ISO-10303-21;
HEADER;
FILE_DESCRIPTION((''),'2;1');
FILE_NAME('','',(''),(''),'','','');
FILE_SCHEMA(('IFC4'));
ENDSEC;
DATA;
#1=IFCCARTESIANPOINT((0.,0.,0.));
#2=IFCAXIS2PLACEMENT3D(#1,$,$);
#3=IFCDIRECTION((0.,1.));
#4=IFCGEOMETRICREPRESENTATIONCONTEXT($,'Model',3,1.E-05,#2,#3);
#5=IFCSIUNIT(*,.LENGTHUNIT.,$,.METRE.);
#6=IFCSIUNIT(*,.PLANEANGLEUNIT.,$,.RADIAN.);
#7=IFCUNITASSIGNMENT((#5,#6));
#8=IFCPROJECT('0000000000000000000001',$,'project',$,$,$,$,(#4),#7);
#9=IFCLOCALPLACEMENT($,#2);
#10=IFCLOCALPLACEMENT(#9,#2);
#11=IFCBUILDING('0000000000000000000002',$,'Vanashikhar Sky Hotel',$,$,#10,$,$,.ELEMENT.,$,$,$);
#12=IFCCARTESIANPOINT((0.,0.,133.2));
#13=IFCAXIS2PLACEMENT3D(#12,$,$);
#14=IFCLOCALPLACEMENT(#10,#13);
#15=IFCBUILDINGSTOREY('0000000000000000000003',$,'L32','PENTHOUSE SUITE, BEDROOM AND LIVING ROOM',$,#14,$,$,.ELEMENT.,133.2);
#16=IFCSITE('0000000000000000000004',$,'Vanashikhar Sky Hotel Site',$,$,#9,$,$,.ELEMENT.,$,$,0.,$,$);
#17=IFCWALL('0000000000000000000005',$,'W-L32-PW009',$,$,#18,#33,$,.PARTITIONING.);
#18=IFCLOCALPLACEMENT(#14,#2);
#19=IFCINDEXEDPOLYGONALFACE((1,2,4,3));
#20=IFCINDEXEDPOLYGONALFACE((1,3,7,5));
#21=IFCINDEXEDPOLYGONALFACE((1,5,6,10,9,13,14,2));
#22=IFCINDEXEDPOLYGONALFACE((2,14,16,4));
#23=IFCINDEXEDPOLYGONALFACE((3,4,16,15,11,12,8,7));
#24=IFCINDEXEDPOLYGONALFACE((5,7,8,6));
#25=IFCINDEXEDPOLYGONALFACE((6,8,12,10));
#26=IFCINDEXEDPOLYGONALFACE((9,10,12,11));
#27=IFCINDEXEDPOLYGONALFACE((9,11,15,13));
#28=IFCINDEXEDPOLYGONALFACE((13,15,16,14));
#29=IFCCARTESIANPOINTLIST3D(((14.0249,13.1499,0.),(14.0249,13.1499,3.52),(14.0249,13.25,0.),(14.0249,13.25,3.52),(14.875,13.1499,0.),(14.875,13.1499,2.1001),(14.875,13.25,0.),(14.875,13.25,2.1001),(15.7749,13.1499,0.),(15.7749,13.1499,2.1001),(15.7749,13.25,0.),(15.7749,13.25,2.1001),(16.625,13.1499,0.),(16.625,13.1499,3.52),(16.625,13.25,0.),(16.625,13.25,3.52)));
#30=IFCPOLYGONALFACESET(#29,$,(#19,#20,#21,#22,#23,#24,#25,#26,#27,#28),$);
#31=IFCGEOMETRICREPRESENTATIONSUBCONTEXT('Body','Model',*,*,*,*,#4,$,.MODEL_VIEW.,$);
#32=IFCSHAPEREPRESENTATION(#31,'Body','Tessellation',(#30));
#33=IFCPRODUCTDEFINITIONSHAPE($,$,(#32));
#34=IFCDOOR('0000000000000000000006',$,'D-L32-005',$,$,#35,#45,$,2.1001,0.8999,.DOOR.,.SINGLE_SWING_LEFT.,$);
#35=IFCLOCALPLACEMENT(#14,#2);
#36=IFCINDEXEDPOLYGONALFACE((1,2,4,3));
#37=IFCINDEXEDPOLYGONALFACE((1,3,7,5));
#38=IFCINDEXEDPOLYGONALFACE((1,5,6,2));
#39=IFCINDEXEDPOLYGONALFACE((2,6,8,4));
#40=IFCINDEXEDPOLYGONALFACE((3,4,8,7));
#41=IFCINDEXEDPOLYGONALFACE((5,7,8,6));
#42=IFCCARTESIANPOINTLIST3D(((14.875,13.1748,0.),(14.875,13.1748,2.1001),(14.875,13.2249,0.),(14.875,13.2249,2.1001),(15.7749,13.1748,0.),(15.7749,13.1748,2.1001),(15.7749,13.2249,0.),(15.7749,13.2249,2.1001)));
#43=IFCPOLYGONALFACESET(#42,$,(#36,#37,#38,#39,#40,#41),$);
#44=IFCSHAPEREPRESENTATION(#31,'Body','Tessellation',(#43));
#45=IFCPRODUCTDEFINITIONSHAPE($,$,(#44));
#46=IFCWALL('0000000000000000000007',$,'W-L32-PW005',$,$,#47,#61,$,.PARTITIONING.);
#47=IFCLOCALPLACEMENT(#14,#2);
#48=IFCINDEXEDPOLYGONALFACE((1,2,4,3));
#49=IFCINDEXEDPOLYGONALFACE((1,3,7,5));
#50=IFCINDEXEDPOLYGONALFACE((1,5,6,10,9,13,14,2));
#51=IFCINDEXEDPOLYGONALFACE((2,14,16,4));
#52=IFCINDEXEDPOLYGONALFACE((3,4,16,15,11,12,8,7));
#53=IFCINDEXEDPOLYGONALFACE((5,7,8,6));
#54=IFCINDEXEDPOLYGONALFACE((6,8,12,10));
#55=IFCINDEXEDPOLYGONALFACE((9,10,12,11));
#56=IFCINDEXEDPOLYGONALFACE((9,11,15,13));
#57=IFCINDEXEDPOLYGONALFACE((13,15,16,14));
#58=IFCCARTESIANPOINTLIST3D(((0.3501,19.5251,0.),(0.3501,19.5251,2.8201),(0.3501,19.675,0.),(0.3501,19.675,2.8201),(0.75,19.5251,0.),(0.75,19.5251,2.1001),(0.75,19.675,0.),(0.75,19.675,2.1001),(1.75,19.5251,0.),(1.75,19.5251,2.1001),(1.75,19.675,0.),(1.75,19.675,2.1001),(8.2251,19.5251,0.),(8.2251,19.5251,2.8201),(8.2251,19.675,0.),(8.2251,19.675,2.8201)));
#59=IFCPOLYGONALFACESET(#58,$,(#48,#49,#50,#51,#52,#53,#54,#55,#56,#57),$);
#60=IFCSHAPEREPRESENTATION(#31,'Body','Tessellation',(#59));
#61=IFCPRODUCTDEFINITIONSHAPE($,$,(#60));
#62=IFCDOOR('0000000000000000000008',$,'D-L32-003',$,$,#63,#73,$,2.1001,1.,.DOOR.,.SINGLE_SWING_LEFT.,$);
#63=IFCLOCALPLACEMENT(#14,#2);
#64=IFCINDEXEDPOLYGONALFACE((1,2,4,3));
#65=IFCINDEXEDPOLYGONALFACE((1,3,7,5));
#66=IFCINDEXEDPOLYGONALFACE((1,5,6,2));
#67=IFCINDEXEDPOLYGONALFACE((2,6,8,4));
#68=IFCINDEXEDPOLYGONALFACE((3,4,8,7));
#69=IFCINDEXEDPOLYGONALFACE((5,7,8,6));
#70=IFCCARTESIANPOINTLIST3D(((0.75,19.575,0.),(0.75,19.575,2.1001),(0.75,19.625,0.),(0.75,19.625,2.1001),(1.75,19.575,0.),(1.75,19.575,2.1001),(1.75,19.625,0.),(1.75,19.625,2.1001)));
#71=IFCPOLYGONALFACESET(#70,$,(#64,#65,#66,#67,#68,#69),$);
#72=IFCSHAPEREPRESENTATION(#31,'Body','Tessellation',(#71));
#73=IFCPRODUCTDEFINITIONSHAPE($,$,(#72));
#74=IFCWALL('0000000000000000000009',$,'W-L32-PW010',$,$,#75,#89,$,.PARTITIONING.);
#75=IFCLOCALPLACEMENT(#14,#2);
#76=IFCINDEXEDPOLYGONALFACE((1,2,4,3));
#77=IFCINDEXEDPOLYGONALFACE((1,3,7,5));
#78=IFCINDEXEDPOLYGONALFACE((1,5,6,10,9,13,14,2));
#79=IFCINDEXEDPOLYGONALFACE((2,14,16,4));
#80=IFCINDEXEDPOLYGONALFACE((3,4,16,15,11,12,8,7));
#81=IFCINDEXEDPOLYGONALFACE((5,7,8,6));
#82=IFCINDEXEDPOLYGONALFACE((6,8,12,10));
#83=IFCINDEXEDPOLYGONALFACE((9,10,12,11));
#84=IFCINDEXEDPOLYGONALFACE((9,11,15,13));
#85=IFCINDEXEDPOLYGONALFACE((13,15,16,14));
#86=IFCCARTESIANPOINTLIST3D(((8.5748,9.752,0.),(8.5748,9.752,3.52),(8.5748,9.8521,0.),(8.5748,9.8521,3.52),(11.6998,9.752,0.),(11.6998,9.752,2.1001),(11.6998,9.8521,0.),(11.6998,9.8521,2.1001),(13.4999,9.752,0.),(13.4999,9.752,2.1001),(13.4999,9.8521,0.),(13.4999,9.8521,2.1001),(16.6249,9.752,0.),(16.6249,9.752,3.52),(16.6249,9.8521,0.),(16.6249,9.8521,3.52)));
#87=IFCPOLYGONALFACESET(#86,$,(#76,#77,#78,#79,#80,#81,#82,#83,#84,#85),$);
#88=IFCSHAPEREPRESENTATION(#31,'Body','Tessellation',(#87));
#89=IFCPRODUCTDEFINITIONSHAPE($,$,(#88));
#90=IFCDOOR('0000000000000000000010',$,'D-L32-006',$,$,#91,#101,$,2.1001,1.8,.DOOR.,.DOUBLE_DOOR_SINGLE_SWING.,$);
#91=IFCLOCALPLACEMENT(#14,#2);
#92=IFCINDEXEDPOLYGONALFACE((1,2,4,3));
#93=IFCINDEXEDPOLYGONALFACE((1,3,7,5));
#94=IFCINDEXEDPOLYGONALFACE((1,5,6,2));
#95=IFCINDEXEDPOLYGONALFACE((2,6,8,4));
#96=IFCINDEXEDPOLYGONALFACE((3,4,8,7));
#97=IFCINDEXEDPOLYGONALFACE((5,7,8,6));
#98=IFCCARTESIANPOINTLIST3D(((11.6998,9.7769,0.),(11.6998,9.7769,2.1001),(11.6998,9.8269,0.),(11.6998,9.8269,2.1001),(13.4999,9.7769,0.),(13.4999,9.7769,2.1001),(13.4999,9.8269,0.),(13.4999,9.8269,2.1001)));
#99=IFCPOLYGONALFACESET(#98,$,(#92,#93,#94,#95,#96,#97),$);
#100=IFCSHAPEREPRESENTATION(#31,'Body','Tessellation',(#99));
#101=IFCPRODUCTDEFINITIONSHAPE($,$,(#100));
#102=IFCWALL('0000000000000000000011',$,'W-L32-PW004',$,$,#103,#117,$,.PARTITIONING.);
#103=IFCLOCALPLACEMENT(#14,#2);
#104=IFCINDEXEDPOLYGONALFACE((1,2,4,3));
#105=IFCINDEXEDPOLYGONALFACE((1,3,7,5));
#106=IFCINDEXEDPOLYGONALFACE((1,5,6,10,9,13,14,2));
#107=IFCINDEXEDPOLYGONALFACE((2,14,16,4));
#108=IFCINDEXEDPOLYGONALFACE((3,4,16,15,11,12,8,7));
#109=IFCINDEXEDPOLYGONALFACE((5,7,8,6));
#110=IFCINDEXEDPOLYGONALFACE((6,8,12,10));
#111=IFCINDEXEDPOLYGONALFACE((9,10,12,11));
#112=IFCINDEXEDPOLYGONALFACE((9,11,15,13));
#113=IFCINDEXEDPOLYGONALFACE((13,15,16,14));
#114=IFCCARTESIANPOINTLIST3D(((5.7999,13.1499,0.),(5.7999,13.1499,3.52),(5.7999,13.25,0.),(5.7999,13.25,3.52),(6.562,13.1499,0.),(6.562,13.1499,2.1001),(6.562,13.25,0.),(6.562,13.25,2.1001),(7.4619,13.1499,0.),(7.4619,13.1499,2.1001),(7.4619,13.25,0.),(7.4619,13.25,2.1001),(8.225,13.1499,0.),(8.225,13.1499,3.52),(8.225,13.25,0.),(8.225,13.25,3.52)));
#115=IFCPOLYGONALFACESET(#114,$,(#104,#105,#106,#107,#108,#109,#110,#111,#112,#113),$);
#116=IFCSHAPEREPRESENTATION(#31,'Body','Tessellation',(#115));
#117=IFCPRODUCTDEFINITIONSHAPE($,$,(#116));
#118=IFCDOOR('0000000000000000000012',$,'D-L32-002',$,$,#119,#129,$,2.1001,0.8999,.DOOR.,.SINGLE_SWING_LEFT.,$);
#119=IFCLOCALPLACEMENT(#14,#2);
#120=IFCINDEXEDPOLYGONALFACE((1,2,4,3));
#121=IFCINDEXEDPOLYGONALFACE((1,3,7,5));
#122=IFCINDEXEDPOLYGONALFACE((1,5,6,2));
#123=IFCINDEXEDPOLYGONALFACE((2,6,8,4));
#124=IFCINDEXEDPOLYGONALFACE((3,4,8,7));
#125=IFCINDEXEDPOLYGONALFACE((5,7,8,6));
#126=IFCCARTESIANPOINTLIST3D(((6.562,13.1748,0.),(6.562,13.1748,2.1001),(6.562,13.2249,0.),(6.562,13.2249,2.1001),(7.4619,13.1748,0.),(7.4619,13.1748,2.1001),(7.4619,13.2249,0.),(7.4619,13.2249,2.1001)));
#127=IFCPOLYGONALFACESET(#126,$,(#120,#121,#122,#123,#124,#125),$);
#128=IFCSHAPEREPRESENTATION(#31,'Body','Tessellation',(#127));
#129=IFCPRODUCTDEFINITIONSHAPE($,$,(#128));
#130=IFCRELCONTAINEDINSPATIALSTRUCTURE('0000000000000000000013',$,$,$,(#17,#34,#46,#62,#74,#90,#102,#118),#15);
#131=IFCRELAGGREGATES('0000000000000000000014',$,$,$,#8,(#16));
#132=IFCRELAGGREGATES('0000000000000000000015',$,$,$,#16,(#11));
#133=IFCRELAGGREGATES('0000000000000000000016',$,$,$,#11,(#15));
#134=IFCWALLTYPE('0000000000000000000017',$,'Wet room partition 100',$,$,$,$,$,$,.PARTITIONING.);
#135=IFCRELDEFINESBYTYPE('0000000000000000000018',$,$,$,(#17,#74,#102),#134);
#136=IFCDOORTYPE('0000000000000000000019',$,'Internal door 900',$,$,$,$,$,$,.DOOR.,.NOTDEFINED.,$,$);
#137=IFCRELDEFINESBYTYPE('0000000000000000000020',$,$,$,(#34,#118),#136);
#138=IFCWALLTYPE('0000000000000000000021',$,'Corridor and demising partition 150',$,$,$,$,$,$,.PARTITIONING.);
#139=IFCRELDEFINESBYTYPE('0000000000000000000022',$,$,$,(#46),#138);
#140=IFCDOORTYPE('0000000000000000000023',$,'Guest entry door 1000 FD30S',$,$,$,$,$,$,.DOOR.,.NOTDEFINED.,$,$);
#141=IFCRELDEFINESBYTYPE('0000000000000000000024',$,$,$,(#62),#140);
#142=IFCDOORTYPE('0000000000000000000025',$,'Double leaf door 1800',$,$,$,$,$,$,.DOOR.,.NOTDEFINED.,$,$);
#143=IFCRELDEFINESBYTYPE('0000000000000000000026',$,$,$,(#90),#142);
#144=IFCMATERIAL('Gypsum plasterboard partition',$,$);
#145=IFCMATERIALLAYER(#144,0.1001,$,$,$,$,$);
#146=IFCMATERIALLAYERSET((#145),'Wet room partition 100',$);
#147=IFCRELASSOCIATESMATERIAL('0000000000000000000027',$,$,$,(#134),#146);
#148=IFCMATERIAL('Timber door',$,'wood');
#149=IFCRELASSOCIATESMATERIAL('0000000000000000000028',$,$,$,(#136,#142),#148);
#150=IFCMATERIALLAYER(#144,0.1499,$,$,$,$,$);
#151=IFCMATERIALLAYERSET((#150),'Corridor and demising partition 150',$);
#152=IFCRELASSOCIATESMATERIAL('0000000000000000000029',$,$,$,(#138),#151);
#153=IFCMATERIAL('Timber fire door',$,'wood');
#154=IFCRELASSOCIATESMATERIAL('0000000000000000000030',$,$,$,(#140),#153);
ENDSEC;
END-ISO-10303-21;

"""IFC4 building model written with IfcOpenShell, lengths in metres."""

from ifc_helpers import new_model, si_unit, direction, frame, frame_2d, origin, place, context, subcontext, project, spatial, rectangle, extrude, source, transform, mapped, material, layer, layer_set, type_object, element, fill, save


model = new_model("IFC4")

# Units and contexts
model_context = context("Model", 3, precision=1e-05, world=origin(), true_north=direction((0.0, 1.0)))
body_context = subcontext(model_context, "Body", "Model", "MODEL_VIEW")
ifc_project = project(units=[si_unit("LENGTHUNIT", "METRE"), si_unit("PLANEANGLEUNIT", "RADIAN")], contexts=[model_context])

# Site, building, storey
site_placement = place(None, origin())
site = spatial("IfcSite", under=ifc_project, at=site_placement, Name="Vanashikhar Sky Hotel Site", CompositionType="ELEMENT", RefElevation=0.0)
building_placement = place(site_placement, origin())
building = spatial("IfcBuilding", under=site, at=building_placement, Name="Vanashikhar Sky Hotel", CompositionType="ELEMENT")
storey_placement = place(building_placement, frame((0.0, 0.0, 133.2)))
storey = spatial("IfcBuildingStorey", under=building, at=storey_placement, Name="L32", Description="PENTHOUSE SUITE, BEDROOM AND LIVING ROOM", CompositionType="ELEMENT", Elevation=133.2)

# Shared definitions
ifc_material_1 = material(Name="Gypsum plasterboard partition")
ifc_layer_1 = layer(ifc_material_1, 0.1001)
ifc_layer_set_1 = layer_set([ifc_layer_1], Name="Wet room partition 100")
wall_type_1 = type_object("IfcWallType", Name="Wet room partition 100", PredefinedType="PARTITIONING", material=ifc_layer_set_1)
shared_shape_1 = source(origin(), body_context, "Body", "SweptSolid", [
    extrude(rectangle(XDim=0.8999, YDim=2.1001, at=frame_2d((0.45, 1.05))), frame((0.0, 0.0601, 0.0), z_axis=(0.0, -1.0, 0.0), x_axis=(1.0, 0.0, 0.0)), (0.0, 0.0, 1.0), 0.1201),
])
ifc_material_2 = material(Name="Timber door", Category="wood")
door_type_1 = type_object("IfcDoorType", Name="Internal door 900", OperationType="NOTDEFINED", PredefinedType="DOOR", material=ifc_material_2)
shared_shape_2 = source(origin(), body_context, "Body", "SweptSolid", [
    extrude(rectangle(XDim=0.8999, YDim=2.1001, at=frame_2d((0.45, 1.05))), frame((0.0, 0.0249, 0.0), z_axis=(0.0, -1.0, 0.0), x_axis=(1.0, 0.0, 0.0)), (0.0, 0.0, 1.0), 0.05),
])

# Walls, openings, doors
shared_shape_3 = source(origin(), body_context, "Body", "SweptSolid", [
    extrude(rectangle(XDim=2.6001, YDim=0.1001, at=frame_2d((1.3, 0.0))), origin(), (0.0, 0.0, 1.0), 3.52),
])
wall_1_placement = place(storey_placement, frame((14.0249, 13.2, 0.0), z_axis=(0.0, 0.0, 1.0), x_axis=(1.0, 0.0, 0.0)))
wall_1 = element("IfcWall", 1, at=wall_1_placement, inside=storey, type_object=wall_type_1, Name="W-L32-PW009", PredefinedType="PARTITIONING", context=body_context, shape_type="MappedRepresentation", body=[
    mapped(shared_shape_3, transform((0.0, 0.0, 0.0), scale=1.0)),
])
opening_1_placement = place(wall_1_placement, frame((0.8501, 0.0, 0.0)))
opening_1 = element("IfcOpeningElement", 2, at=opening_1_placement, cuts=wall_1, PredefinedType="OPENING", context=body_context, shape_type="MappedRepresentation", body=[
    mapped(shared_shape_1, transform((0.0, 0.0, 0.0), scale=1.0)),
])
door_1_placement = place(opening_1_placement, origin())
door_1 = element("IfcDoor", 3, at=door_1_placement, inside=storey, type_object=door_type_1, Name="D-L32-005", OperationType="SINGLE_SWING_LEFT", OverallHeight=2.1001, OverallWidth=0.8999, PredefinedType="DOOR", context=body_context, shape_type="MappedRepresentation", body=[
    mapped(shared_shape_2, transform((0.0, 0.0, 0.0), scale=1.0)),
])
fill(opening_1, door_1)
ifc_layer_2 = layer(ifc_material_1, 0.1499)
ifc_layer_set_2 = layer_set([ifc_layer_2], Name="Corridor and demising partition 150")
wall_type_2 = type_object("IfcWallType", Name="Corridor and demising partition 150", PredefinedType="PARTITIONING", material=ifc_layer_set_2)
shared_shape_4 = source(origin(), body_context, "Body", "SweptSolid", [
    extrude(rectangle(XDim=7.875, YDim=0.1499, at=frame_2d((3.9375, 0.0))), origin(), (0.0, 0.0, 1.0), 2.8201),
])
wall_2_placement = place(storey_placement, frame((0.3501, 19.6001, 0.0), z_axis=(0.0, 0.0, 1.0), x_axis=(1.0, 0.0, 0.0)))
wall_2 = element("IfcWall", 4, at=wall_2_placement, inside=storey, type_object=wall_type_2, Name="W-L32-PW005", PredefinedType="PARTITIONING", context=body_context, shape_type="MappedRepresentation", body=[
    mapped(shared_shape_4, transform((0.0, 0.0, 0.0), scale=1.0)),
])
shared_shape_5 = source(origin(), body_context, "Body", "SweptSolid", [
    extrude(rectangle(XDim=1.0, YDim=2.1001, at=frame_2d((0.5, 1.05))), frame((0.0, 0.085, 0.0), z_axis=(0.0, -1.0, 0.0), x_axis=(1.0, 0.0, 0.0)), (0.0, 0.0, 1.0), 0.1699),
])
opening_2_placement = place(wall_2_placement, frame((0.3999, 0.0, 0.0)))
opening_2 = element("IfcOpeningElement", 5, at=opening_2_placement, cuts=wall_2, PredefinedType="OPENING", context=body_context, shape_type="MappedRepresentation", body=[
    mapped(shared_shape_5, transform((0.0, 0.0, 0.0), scale=1.0)),
])
ifc_material_3 = material(Name="Timber fire door", Category="wood")
door_type_2 = type_object("IfcDoorType", Name="Guest entry door 1000 FD30S", OperationType="NOTDEFINED", PredefinedType="DOOR", material=ifc_material_3)
shared_shape_6 = source(origin(), body_context, "Body", "SweptSolid", [
    extrude(rectangle(XDim=1.0, YDim=2.1001, at=frame_2d((0.5, 1.05))), frame((0.0, 0.0249, 0.0), z_axis=(0.0, -1.0, 0.0), x_axis=(1.0, 0.0, 0.0)), (0.0, 0.0, 1.0), 0.05),
])
door_2_placement = place(opening_2_placement, origin())
door_2 = element("IfcDoor", 6, at=door_2_placement, inside=storey, type_object=door_type_2, Name="D-L32-003", OperationType="SINGLE_SWING_LEFT", OverallHeight=2.1001, OverallWidth=1.0, PredefinedType="DOOR", context=body_context, shape_type="MappedRepresentation", body=[
    mapped(shared_shape_6, transform((0.0, 0.0, 0.0), scale=1.0)),
])
fill(opening_2, door_2)
shared_shape_7 = source(origin(), body_context, "Body", "SweptSolid", [
    extrude(rectangle(XDim=8.05, YDim=0.1001, at=frame_2d((4.0249, 0.0))), origin(), (0.0, 0.0, 1.0), 3.52),
])
wall_3_placement = place(storey_placement, frame((8.575, 9.802, 0.0), z_axis=(0.0, 0.0, 1.0), x_axis=(1.0, 0.0, 0.0)))
wall_3 = element("IfcWall", 7, at=wall_3_placement, inside=storey, type_object=wall_type_1, Name="W-L32-PW010", PredefinedType="PARTITIONING", context=body_context, shape_type="MappedRepresentation", body=[
    mapped(shared_shape_7, transform((0.0, 0.0, 0.0), scale=1.0)),
])
shared_shape_8 = source(origin(), body_context, "Body", "SweptSolid", [
    extrude(rectangle(XDim=1.8, YDim=2.1001, at=frame_2d((0.8999, 1.05))), frame((0.0, 0.0601, 0.0), z_axis=(0.0, -1.0, 0.0), x_axis=(1.0, 0.0, 0.0)), (0.0, 0.0, 1.0), 0.1201),
])
opening_3_placement = place(wall_3_placement, frame((3.125, 0.0, 0.0)))
opening_3 = element("IfcOpeningElement", 8, at=opening_3_placement, cuts=wall_3, PredefinedType="OPENING", context=body_context, shape_type="MappedRepresentation", body=[
    mapped(shared_shape_8, transform((0.0, 0.0, 0.0), scale=1.0)),
])
door_type_3 = type_object("IfcDoorType", Name="Double leaf door 1800", OperationType="NOTDEFINED", PredefinedType="DOOR", material=ifc_material_2)
shared_shape_9 = source(origin(), body_context, "Body", "SweptSolid", [
    extrude(rectangle(XDim=1.8, YDim=2.1001, at=frame_2d((0.8999, 1.05))), frame((0.0, 0.0249, 0.0), z_axis=(0.0, -1.0, 0.0), x_axis=(1.0, 0.0, 0.0)), (0.0, 0.0, 1.0), 0.05),
])
door_3_placement = place(opening_3_placement, origin())
door_3 = element("IfcDoor", 9, at=door_3_placement, inside=storey, type_object=door_type_3, Name="D-L32-006", OperationType="DOUBLE_DOOR_SINGLE_SWING", OverallHeight=2.1001, OverallWidth=1.8, PredefinedType="DOOR", context=body_context, shape_type="MappedRepresentation", body=[
    mapped(shared_shape_9, transform((0.0, 0.0, 0.0), scale=1.0)),
])
fill(opening_3, door_3)
shared_shape_10 = source(origin(), body_context, "Body", "SweptSolid", [
    extrude(rectangle(XDim=2.425, YDim=0.1001, at=frame_2d((1.2124, 0.0))), origin(), (0.0, 0.0, 1.0), 3.52),
])
wall_4_placement = place(storey_placement, frame((5.8, 13.2, 0.0), z_axis=(0.0, 0.0, 1.0), x_axis=(1.0, 0.0, 0.0)))
wall_4 = element("IfcWall", 10, at=wall_4_placement, inside=storey, type_object=wall_type_1, Name="W-L32-PW004", PredefinedType="PARTITIONING", context=body_context, shape_type="MappedRepresentation", body=[
    mapped(shared_shape_10, transform((0.0, 0.0, 0.0), scale=1.0)),
])
opening_4_placement = place(wall_4_placement, frame((0.762, 0.0, 0.0)))
opening_4 = element("IfcOpeningElement", 11, at=opening_4_placement, cuts=wall_4, PredefinedType="OPENING", context=body_context, shape_type="MappedRepresentation", body=[
    mapped(shared_shape_1, transform((0.0, 0.0, 0.0), scale=1.0)),
])
door_4_placement = place(opening_4_placement, origin())
door_4 = element("IfcDoor", 12, at=door_4_placement, inside=storey, type_object=door_type_1, Name="D-L32-002", OperationType="SINGLE_SWING_LEFT", OverallHeight=2.1001, OverallWidth=0.8999, PredefinedType="DOOR", context=body_context, shape_type="MappedRepresentation", body=[
    mapped(shared_shape_2, transform((0.0, 0.0, 0.0), scale=1.0)),
])
fill(opening_4, door_4)

save(model, "model.ifc")
